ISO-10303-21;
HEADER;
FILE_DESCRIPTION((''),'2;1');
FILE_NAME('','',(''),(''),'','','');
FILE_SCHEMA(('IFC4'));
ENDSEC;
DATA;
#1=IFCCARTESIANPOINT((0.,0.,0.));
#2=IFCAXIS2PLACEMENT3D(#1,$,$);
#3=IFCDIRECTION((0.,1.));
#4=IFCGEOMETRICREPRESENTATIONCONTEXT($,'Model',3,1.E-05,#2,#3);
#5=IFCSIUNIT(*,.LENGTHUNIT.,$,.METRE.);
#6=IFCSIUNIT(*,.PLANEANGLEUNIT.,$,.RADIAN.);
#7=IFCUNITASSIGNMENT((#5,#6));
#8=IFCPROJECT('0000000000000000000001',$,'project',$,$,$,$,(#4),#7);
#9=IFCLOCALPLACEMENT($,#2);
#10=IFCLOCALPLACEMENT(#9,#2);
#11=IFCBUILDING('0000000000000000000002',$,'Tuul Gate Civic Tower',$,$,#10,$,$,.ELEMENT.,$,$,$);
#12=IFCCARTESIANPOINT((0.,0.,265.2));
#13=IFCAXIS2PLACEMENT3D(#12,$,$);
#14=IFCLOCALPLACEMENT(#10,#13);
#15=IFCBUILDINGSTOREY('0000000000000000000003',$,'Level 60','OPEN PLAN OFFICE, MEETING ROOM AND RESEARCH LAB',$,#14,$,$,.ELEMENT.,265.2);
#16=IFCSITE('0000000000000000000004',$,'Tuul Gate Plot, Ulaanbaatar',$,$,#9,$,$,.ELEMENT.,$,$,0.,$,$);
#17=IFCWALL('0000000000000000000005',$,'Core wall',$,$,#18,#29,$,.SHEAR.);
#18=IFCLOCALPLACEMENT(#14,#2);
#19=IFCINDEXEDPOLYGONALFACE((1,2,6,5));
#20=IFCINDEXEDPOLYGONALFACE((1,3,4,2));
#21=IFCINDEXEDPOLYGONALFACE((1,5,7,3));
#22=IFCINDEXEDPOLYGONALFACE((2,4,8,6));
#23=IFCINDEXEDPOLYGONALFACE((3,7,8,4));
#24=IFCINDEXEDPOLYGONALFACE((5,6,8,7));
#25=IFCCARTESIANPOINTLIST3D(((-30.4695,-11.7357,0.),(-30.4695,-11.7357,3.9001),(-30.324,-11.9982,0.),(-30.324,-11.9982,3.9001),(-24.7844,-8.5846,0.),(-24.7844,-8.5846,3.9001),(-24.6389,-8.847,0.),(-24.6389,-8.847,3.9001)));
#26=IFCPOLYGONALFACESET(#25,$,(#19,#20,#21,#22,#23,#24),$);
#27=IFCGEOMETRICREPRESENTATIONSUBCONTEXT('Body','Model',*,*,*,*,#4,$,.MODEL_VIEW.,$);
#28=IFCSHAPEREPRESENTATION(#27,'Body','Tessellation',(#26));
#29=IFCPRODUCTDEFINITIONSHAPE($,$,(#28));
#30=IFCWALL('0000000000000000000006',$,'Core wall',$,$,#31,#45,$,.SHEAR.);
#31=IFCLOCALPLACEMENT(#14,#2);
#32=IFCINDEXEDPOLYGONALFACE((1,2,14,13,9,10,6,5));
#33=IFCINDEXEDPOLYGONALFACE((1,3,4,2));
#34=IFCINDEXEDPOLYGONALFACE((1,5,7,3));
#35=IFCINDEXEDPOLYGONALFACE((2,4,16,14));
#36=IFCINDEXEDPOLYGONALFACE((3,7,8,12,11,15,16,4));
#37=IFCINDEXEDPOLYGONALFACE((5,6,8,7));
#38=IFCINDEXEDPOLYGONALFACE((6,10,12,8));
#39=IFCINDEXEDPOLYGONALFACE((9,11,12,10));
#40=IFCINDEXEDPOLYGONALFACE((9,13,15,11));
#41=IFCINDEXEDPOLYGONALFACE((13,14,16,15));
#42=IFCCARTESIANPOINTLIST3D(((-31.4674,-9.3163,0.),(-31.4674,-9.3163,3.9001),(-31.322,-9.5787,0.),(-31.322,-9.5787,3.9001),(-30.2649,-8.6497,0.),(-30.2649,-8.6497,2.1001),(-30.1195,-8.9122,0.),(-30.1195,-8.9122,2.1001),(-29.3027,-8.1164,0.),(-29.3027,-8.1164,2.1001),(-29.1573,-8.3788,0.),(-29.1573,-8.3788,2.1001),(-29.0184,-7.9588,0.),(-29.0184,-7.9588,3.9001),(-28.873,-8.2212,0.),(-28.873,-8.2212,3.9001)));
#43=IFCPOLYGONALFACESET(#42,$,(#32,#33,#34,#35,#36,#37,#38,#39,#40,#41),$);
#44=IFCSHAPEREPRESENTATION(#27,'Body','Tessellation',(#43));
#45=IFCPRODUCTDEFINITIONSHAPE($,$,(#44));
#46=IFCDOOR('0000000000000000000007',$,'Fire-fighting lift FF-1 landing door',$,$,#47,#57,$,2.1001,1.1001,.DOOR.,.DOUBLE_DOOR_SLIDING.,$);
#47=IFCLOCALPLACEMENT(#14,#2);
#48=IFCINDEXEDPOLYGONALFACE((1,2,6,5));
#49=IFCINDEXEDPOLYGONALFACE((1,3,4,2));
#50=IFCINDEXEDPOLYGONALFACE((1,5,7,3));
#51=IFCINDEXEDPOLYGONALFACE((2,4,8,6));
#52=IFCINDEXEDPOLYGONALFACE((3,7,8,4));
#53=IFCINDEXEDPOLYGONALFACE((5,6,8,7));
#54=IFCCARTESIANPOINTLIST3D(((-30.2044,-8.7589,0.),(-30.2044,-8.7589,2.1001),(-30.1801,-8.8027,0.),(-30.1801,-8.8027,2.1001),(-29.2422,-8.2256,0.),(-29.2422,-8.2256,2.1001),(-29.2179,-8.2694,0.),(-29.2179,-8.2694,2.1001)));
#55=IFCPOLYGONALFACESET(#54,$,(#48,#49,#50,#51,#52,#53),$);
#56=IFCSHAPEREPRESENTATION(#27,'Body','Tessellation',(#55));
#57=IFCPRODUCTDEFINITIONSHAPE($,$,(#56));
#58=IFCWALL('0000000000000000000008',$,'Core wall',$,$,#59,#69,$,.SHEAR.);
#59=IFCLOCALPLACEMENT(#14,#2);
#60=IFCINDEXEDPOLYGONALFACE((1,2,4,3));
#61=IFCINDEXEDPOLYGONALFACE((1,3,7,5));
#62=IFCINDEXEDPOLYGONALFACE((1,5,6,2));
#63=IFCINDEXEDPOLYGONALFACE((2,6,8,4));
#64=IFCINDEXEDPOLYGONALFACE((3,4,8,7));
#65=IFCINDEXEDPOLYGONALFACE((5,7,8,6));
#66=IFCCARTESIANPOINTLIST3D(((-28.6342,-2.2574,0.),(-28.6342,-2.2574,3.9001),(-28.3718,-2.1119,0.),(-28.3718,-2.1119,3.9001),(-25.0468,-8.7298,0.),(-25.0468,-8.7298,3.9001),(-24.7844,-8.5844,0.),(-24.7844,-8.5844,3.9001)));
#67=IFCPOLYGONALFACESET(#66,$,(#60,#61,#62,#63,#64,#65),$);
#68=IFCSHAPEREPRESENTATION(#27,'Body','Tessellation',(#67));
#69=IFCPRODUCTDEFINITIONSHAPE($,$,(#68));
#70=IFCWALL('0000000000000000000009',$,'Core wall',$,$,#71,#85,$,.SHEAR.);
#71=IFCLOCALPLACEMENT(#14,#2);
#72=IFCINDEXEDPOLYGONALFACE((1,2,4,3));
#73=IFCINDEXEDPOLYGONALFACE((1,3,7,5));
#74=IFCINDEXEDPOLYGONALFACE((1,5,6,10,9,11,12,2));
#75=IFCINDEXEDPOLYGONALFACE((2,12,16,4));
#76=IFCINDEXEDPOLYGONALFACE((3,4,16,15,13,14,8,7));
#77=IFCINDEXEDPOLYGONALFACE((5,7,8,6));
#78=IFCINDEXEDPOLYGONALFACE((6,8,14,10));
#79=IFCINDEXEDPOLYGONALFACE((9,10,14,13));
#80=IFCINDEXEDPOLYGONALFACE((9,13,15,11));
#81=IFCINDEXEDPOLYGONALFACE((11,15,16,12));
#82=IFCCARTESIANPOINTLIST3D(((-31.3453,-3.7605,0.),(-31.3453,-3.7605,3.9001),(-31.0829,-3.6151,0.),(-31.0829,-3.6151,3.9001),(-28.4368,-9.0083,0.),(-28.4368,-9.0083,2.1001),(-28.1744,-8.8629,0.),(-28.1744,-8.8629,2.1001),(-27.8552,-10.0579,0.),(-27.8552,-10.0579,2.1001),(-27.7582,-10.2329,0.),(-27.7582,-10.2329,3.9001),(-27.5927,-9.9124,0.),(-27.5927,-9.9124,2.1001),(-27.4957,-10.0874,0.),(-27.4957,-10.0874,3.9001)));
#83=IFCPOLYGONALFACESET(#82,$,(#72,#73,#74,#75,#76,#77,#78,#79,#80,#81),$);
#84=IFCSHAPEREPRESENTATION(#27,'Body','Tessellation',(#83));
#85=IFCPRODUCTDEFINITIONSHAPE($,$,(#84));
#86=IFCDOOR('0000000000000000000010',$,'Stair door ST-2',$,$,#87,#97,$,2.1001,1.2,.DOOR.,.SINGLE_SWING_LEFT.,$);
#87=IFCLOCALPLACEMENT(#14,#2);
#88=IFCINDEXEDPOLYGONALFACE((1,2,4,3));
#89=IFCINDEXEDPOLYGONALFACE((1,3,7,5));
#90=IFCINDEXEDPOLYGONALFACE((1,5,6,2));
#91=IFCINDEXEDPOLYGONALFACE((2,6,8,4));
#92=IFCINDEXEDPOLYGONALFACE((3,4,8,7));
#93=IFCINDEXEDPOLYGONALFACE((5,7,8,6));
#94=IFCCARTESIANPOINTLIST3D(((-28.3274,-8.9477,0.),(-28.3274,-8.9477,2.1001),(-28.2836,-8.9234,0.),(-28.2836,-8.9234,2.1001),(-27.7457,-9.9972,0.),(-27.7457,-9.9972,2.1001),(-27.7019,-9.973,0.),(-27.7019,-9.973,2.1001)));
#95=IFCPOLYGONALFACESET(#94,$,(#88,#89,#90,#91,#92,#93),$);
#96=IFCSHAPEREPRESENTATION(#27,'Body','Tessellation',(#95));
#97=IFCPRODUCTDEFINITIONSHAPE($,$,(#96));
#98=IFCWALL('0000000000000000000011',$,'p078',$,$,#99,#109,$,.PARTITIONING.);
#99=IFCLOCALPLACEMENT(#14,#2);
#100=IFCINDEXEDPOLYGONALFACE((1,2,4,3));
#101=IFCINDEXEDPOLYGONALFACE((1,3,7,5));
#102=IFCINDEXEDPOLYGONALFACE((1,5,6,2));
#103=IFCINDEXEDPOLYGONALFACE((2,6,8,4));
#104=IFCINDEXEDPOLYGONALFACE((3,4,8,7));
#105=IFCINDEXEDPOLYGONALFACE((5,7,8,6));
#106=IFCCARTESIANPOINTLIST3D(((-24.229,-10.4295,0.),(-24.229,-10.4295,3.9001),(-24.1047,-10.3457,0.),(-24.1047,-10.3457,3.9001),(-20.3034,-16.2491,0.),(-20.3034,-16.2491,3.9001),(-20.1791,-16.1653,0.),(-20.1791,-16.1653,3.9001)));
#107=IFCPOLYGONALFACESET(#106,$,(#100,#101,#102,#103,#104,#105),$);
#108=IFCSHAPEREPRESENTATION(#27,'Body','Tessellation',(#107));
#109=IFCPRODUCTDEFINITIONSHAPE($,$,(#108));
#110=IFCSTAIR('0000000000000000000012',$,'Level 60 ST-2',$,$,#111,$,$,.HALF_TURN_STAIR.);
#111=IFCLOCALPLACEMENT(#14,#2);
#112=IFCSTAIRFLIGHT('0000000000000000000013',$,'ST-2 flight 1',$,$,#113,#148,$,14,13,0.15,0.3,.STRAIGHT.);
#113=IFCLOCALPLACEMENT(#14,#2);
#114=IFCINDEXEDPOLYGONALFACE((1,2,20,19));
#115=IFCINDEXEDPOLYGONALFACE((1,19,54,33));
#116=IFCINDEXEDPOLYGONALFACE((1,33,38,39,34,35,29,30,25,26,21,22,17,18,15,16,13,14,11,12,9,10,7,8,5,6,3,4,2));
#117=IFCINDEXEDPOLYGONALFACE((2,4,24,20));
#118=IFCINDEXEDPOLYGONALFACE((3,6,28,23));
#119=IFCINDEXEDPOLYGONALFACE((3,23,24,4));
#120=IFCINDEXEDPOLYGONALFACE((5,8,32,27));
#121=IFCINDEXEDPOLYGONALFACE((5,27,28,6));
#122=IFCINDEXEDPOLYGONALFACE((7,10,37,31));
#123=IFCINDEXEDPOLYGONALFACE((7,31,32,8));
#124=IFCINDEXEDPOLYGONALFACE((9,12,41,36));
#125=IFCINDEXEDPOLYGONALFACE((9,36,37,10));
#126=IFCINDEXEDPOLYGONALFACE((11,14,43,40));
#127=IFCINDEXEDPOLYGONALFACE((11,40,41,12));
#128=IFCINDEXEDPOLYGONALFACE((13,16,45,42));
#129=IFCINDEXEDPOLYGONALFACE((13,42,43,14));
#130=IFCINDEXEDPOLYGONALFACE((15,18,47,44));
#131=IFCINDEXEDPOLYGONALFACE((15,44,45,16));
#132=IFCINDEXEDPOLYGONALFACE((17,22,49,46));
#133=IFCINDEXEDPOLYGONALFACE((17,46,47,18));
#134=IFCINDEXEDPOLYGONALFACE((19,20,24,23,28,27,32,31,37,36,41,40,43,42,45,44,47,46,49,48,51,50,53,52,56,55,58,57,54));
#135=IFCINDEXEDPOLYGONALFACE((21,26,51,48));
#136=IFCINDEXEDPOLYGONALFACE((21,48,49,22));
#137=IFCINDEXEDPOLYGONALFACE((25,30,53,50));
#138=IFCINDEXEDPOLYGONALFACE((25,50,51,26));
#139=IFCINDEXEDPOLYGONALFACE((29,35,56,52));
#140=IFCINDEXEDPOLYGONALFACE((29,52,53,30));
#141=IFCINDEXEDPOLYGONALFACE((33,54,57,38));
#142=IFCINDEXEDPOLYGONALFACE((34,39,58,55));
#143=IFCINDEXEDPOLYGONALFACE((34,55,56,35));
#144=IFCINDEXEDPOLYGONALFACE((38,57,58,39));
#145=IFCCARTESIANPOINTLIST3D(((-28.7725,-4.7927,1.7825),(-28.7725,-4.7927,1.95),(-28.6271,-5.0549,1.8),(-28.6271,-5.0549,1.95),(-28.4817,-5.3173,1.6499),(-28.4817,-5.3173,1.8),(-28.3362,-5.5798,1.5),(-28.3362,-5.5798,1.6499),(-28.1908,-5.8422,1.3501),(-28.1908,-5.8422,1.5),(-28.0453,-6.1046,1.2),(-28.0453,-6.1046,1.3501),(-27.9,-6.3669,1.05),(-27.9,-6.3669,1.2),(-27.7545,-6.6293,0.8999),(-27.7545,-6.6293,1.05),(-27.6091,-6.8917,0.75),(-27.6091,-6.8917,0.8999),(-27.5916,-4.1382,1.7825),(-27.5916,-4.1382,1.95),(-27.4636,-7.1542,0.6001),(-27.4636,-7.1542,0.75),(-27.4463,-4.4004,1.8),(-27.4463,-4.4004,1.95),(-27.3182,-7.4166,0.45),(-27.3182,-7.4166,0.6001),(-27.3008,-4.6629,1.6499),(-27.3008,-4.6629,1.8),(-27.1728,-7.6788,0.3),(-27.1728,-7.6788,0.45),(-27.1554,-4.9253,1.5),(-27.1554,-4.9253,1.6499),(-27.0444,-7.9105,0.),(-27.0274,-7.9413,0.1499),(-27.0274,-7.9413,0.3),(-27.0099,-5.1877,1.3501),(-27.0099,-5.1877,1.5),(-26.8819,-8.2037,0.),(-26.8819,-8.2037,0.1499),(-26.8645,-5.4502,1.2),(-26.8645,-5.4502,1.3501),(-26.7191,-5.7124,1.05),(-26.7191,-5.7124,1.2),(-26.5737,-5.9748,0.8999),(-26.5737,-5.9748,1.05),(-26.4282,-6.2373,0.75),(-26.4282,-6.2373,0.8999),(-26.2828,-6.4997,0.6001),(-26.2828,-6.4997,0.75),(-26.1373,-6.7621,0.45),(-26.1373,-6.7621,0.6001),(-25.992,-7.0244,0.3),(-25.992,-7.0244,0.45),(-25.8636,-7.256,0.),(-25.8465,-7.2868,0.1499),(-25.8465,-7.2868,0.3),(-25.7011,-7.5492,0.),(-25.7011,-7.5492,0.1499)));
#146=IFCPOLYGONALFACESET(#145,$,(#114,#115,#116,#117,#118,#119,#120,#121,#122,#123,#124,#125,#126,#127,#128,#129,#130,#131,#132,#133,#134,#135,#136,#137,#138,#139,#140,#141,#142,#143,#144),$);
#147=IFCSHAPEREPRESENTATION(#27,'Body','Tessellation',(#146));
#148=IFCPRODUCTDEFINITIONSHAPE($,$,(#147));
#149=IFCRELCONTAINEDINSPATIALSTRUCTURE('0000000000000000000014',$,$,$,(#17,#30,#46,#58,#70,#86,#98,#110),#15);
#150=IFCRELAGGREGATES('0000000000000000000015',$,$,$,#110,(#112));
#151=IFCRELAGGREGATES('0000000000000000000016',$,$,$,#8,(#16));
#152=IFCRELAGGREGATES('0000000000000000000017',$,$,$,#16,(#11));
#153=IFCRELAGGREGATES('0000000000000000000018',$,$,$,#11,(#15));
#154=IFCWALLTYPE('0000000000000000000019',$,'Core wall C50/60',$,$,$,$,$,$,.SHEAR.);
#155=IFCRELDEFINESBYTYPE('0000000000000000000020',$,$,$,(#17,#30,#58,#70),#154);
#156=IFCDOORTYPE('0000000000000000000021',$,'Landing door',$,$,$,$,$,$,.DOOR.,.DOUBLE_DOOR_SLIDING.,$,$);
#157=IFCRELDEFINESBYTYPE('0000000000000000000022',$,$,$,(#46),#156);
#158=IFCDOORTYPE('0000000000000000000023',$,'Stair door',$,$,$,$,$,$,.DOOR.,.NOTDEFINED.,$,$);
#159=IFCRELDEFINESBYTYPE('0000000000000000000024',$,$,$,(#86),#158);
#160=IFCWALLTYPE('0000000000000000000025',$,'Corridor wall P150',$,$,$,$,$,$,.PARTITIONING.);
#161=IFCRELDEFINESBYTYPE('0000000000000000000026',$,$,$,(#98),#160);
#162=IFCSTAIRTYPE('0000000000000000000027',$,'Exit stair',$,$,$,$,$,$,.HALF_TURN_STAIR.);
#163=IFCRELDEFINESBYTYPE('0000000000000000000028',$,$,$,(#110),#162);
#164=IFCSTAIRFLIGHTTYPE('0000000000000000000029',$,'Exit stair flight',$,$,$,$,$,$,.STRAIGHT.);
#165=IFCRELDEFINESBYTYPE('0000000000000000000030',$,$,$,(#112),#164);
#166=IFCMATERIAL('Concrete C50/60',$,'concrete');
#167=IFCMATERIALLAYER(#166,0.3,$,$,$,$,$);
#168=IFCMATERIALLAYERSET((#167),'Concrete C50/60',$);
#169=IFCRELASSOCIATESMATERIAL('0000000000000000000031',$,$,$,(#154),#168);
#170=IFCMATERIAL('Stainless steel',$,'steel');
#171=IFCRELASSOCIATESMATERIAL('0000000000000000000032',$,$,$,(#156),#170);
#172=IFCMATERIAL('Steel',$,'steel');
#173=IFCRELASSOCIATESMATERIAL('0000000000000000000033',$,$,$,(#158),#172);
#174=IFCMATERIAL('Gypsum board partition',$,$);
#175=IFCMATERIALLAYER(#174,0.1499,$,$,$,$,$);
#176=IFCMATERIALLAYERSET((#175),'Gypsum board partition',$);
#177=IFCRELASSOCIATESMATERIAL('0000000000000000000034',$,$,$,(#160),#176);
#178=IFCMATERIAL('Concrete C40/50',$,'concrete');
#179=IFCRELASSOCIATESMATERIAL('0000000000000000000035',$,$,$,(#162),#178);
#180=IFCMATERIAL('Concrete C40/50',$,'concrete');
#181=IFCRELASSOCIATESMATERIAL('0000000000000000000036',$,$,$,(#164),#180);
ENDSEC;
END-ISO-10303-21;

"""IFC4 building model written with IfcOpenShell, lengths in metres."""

from ifc_helpers import new_model, si_unit, direction, frame, frame_2d, origin, place, context, subcontext, project, spatial, polyline, rectangle, outline, extrude, material, layer, layer_set, type_object, element, fill, aggregate, save


model = new_model("IFC4")

# Units and contexts
model_context = context("Model", 3, precision=1e-05, world=origin(), true_north=direction((0.0, 1.0)))
body_context = subcontext(model_context, "Body", "Model", "MODEL_VIEW")
ifc_project = project(units=[si_unit("LENGTHUNIT", "METRE"), si_unit("PLANEANGLEUNIT", "RADIAN")], contexts=[model_context])

# Site, building, storey
site_placement = place(None, origin())
site = spatial("IfcSite", under=ifc_project, at=site_placement, Name="Tuul Gate Plot, Ulaanbaatar", CompositionType="ELEMENT", RefElevation=0.0)
building_placement = place(site_placement, origin())
building = spatial("IfcBuilding", under=site, at=building_placement, Name="Tuul Gate Civic Tower", CompositionType="ELEMENT")
storey_placement = place(building_placement, frame((0.0, 0.0, 265.2)))
storey = spatial("IfcBuildingStorey", under=building, at=storey_placement, Name="Level 60", Description="OPEN PLAN OFFICE, MEETING ROOM AND RESEARCH LAB", CompositionType="ELEMENT", Elevation=265.2)

# Wall
ifc_material_1 = material(Name="Concrete C50/60", Category="concrete")
ifc_layer_1 = layer(ifc_material_1, 0.3)
ifc_layer_set_1 = layer_set([ifc_layer_1], Name="Concrete C50/60")
wall_type_1 = type_object("IfcWallType", Name="Core wall C50/60", PredefinedType="SHEAR", material=ifc_layer_set_1)
wall_1_placement = place(storey_placement, frame((-24.7117, -8.7158, 0.0), z_axis=(0.0, 0.0, 1.0), x_axis=(-0.87463, -0.484791, 0.0)))
element("IfcWall", 1, at=wall_1_placement, inside=storey, type_object=wall_type_1, Name="Core wall", PredefinedType="SHEAR", context=body_context, shape_type="SweptSolid", body=[
    extrude(rectangle(XDim=6.5, YDim=0.3, at=frame_2d((3.25, 0.0))), origin(), (0.0, 0.0, 1.0), 3.9001),
])

# Wall, opening, door
wall_2_placement = place(storey_placement, frame((-28.9458, -8.0901, 0.0), z_axis=(0.0, 0.0, 1.0), x_axis=(-0.87463, -0.484791, 0.0)))
wall_2 = element("IfcWall", 2, at=wall_2_placement, inside=storey, type_object=wall_type_1, Name="Core wall", PredefinedType="SHEAR", context=body_context, shape_type="SweptSolid", body=[
    extrude(rectangle(XDim=2.8, YDim=0.3, at=frame_2d((1.3999, 0.0))), origin(), (0.0, 0.0, 1.0), 3.9001),
])
opening_1_placement = place(wall_2_placement, frame((0.325, 0.0, 0.0)))
opening_1 = element("IfcOpeningElement", 3, at=opening_1_placement, cuts=wall_2, PredefinedType="OPENING", context=body_context, shape_type="SweptSolid", body=[
    extrude(rectangle(XDim=1.1001, YDim=2.1001, at=frame_2d((0.55, 1.05))), frame((0.0, 0.1602, 0.0), z_axis=(0.0, -1.0, 0.0), x_axis=(1.0, 0.0, 0.0)), (0.0, 0.0, 1.0), 0.3201),
])
ifc_material_2 = material(Name="Stainless steel", Category="steel")
door_type_1 = type_object("IfcDoorType", Name="Landing door", OperationType="DOUBLE_DOOR_SLIDING", PredefinedType="DOOR", material=ifc_material_2)
door_1_placement = place(opening_1_placement, origin())
door_1 = element("IfcDoor", 4, at=door_1_placement, inside=storey, type_object=door_type_1, Name="Fire-fighting lift FF-1 landing door", OperationType="DOUBLE_DOOR_SLIDING", OverallHeight=2.1001, OverallWidth=1.1001, PredefinedType="DOOR", context=body_context, shape_type="SweptSolid", body=[
    extrude(rectangle(XDim=1.1001, YDim=2.1001, at=frame_2d((0.55, 1.05))), frame((0.0, 0.0249, 0.0), z_axis=(0.0, -1.0, 0.0), x_axis=(1.0, 0.0, 0.0)), (0.0, 0.0, 1.0), 0.05),
])
fill(opening_1, door_1)

# Wall
wall_3_placement = place(storey_placement, frame((-24.9155, -8.6572, 0.0), z_axis=(0.0, 0.0, 1.0), x_axis=(-0.484777, 0.874638, 0.0)))
element("IfcWall", 5, at=wall_3_placement, inside=storey, type_object=wall_type_1, Name="Core wall", PredefinedType="SHEAR", context=body_context, shape_type="SweptSolid", body=[
    extrude(rectangle(XDim=7.4001, YDim=0.3, at=frame_2d((3.7002, 0.0))), origin(), (0.0, 0.0, 1.0), 3.9001),
])

# Wall, opening, door
wall_4_placement = place(storey_placement, frame((-27.627, -10.1602, 0.0), z_axis=(0.0, 0.0, 1.0), x_axis=(-0.484752, 0.874652, 0.0)))
wall_4 = element("IfcWall", 6, at=wall_4_placement, inside=storey, type_object=wall_type_1, Name="Core wall", PredefinedType="SHEAR", context=body_context, shape_type="SweptSolid", body=[
    extrude(rectangle(XDim=7.3999, YDim=0.3, at=frame_2d((3.7, 0.0))), origin(), (0.0, 0.0, 1.0), 3.9001),
])
opening_2_placement = place(wall_4_placement, frame((0.2, 0.0, 0.0)))
opening_2 = element("IfcOpeningElement", 7, at=opening_2_placement, cuts=wall_4, PredefinedType="OPENING", context=body_context, shape_type="SweptSolid", body=[
    extrude(rectangle(XDim=1.2, YDim=2.1001, at=frame_2d((0.6001, 1.05))), frame((0.0, 0.1602, 0.0), z_axis=(0.0, -1.0, 0.0), x_axis=(1.0, 0.0, 0.0)), (0.0, 0.0, 1.0), 0.3201),
])
ifc_material_3 = material(Name="Steel", Category="steel")
door_type_2 = type_object("IfcDoorType", Name="Stair door", OperationType="NOTDEFINED", PredefinedType="DOOR", material=ifc_material_3)
door_2_placement = place(opening_2_placement, origin())
door_2 = element("IfcDoor", 8, at=door_2_placement, inside=storey, type_object=door_type_2, Name="Stair door ST-2", OperationType="SINGLE_SWING_LEFT", OverallHeight=2.1001, OverallWidth=1.2, PredefinedType="DOOR", context=body_context, shape_type="SweptSolid", body=[
    extrude(rectangle(XDim=1.2, YDim=2.1001, at=frame_2d((0.6001, 1.05))), frame((0.0, 0.0249, 0.0), z_axis=(0.0, -1.0, 0.0), x_axis=(1.0, 0.0, 0.0)), (0.0, 0.0, 1.0), 0.05),
])
fill(opening_2, door_2)

# Wall
ifc_material_4 = material(Name="Gypsum board partition")
ifc_layer_2 = layer(ifc_material_4, 0.1499)
ifc_layer_set_2 = layer_set([ifc_layer_2], Name="Gypsum board partition")
wall_type_2 = type_object("IfcWallType", Name="Corridor wall P150", PredefinedType="PARTITIONING", material=ifc_layer_set_2)
wall_5_placement = place(storey_placement, frame((-24.1667, -10.3877, 0.0), z_axis=(0.0, 0.0, 1.0), x_axis=(0.559211, -0.829026, 0.0)))
element("IfcWall", 9, at=wall_5_placement, inside=storey, type_object=wall_type_2, Name="p078", PredefinedType="PARTITIONING", context=body_context, shape_type="SweptSolid", body=[
    extrude(rectangle(XDim=7.0198, YDim=0.1499, at=frame_2d((3.5098, 0.0))), origin(), (0.0, 0.0, 1.0), 3.9001),
])

# Stair, stair flight
ifc_material_5 = material(Name="Concrete C40/50", Category="concrete")
stair_type = type_object("IfcStairType", Name="Exit stair", PredefinedType="HALF_TURN_STAIR", material=ifc_material_5)
stair_placement = place(storey_placement, origin())
stair = element("IfcStair", 10, at=stair_placement, inside=storey, type_object=stair_type, Name="Level 60 ST-2", PredefinedType="HALF_TURN_STAIR")
ifc_material_6 = material(Name="Concrete C40/50", Category="concrete")
stair_flight_type = type_object("IfcStairFlightType", Name="Exit stair flight", PredefinedType="STRAIGHT", material=ifc_material_6)
stair_flight_1_placement = place(storey_placement, frame((-26.2915, -7.8765, 0.0), z_axis=(0.0, 0.0, 1.0), x_axis=(-0.484762, 0.874646, 0.0)))
stair_flight_1 = element("IfcStairFlight", 11, at=stair_flight_1_placement, type_object=stair_flight_type, Name="ST-2 flight 1", NumberOfRisers=14, NumberOfTreads=13, PredefinedType="STRAIGHT", RiserHeight=0.15, TreadLength=0.3, context=body_context, shape_type="SweptSolid", body=[
    extrude(outline(polyline([(0.0, 0.0), (0.0, 0.1499), (0.3, 0.1499), (0.3, 0.3), (0.6001, 0.3), (0.6001, 0.45), (0.8999, 0.45), (0.8999, 0.6001), (1.2, 0.6001), (1.2, 0.75), (1.5, 0.75), (1.5, 0.8999), (1.8, 0.8999), (1.8, 1.05), (2.1001, 1.05), (2.1001, 1.2), (2.3999, 1.2), (2.3999, 1.3501), (2.7, 1.3501), (2.7, 1.5), (3.0, 1.5), (3.0, 1.6499), (3.3, 1.6499), (3.3, 1.8), (3.6001, 1.8), (3.6001, 1.95), (3.8999, 1.95), (3.8999, 2.1001), (3.8999, 1.7825), (0.3352, 0.0), (0.0, 0.0)])), frame((0.0, 0.675, 0.0), z_axis=(0.0, -1.0, 0.0), x_axis=(1.0, 0.0, 0.0)), (0.0, 0.0, 1.0), 1.3501),
])
aggregate(stair, [stair_flight_1])

save(model, "model.ifc")
